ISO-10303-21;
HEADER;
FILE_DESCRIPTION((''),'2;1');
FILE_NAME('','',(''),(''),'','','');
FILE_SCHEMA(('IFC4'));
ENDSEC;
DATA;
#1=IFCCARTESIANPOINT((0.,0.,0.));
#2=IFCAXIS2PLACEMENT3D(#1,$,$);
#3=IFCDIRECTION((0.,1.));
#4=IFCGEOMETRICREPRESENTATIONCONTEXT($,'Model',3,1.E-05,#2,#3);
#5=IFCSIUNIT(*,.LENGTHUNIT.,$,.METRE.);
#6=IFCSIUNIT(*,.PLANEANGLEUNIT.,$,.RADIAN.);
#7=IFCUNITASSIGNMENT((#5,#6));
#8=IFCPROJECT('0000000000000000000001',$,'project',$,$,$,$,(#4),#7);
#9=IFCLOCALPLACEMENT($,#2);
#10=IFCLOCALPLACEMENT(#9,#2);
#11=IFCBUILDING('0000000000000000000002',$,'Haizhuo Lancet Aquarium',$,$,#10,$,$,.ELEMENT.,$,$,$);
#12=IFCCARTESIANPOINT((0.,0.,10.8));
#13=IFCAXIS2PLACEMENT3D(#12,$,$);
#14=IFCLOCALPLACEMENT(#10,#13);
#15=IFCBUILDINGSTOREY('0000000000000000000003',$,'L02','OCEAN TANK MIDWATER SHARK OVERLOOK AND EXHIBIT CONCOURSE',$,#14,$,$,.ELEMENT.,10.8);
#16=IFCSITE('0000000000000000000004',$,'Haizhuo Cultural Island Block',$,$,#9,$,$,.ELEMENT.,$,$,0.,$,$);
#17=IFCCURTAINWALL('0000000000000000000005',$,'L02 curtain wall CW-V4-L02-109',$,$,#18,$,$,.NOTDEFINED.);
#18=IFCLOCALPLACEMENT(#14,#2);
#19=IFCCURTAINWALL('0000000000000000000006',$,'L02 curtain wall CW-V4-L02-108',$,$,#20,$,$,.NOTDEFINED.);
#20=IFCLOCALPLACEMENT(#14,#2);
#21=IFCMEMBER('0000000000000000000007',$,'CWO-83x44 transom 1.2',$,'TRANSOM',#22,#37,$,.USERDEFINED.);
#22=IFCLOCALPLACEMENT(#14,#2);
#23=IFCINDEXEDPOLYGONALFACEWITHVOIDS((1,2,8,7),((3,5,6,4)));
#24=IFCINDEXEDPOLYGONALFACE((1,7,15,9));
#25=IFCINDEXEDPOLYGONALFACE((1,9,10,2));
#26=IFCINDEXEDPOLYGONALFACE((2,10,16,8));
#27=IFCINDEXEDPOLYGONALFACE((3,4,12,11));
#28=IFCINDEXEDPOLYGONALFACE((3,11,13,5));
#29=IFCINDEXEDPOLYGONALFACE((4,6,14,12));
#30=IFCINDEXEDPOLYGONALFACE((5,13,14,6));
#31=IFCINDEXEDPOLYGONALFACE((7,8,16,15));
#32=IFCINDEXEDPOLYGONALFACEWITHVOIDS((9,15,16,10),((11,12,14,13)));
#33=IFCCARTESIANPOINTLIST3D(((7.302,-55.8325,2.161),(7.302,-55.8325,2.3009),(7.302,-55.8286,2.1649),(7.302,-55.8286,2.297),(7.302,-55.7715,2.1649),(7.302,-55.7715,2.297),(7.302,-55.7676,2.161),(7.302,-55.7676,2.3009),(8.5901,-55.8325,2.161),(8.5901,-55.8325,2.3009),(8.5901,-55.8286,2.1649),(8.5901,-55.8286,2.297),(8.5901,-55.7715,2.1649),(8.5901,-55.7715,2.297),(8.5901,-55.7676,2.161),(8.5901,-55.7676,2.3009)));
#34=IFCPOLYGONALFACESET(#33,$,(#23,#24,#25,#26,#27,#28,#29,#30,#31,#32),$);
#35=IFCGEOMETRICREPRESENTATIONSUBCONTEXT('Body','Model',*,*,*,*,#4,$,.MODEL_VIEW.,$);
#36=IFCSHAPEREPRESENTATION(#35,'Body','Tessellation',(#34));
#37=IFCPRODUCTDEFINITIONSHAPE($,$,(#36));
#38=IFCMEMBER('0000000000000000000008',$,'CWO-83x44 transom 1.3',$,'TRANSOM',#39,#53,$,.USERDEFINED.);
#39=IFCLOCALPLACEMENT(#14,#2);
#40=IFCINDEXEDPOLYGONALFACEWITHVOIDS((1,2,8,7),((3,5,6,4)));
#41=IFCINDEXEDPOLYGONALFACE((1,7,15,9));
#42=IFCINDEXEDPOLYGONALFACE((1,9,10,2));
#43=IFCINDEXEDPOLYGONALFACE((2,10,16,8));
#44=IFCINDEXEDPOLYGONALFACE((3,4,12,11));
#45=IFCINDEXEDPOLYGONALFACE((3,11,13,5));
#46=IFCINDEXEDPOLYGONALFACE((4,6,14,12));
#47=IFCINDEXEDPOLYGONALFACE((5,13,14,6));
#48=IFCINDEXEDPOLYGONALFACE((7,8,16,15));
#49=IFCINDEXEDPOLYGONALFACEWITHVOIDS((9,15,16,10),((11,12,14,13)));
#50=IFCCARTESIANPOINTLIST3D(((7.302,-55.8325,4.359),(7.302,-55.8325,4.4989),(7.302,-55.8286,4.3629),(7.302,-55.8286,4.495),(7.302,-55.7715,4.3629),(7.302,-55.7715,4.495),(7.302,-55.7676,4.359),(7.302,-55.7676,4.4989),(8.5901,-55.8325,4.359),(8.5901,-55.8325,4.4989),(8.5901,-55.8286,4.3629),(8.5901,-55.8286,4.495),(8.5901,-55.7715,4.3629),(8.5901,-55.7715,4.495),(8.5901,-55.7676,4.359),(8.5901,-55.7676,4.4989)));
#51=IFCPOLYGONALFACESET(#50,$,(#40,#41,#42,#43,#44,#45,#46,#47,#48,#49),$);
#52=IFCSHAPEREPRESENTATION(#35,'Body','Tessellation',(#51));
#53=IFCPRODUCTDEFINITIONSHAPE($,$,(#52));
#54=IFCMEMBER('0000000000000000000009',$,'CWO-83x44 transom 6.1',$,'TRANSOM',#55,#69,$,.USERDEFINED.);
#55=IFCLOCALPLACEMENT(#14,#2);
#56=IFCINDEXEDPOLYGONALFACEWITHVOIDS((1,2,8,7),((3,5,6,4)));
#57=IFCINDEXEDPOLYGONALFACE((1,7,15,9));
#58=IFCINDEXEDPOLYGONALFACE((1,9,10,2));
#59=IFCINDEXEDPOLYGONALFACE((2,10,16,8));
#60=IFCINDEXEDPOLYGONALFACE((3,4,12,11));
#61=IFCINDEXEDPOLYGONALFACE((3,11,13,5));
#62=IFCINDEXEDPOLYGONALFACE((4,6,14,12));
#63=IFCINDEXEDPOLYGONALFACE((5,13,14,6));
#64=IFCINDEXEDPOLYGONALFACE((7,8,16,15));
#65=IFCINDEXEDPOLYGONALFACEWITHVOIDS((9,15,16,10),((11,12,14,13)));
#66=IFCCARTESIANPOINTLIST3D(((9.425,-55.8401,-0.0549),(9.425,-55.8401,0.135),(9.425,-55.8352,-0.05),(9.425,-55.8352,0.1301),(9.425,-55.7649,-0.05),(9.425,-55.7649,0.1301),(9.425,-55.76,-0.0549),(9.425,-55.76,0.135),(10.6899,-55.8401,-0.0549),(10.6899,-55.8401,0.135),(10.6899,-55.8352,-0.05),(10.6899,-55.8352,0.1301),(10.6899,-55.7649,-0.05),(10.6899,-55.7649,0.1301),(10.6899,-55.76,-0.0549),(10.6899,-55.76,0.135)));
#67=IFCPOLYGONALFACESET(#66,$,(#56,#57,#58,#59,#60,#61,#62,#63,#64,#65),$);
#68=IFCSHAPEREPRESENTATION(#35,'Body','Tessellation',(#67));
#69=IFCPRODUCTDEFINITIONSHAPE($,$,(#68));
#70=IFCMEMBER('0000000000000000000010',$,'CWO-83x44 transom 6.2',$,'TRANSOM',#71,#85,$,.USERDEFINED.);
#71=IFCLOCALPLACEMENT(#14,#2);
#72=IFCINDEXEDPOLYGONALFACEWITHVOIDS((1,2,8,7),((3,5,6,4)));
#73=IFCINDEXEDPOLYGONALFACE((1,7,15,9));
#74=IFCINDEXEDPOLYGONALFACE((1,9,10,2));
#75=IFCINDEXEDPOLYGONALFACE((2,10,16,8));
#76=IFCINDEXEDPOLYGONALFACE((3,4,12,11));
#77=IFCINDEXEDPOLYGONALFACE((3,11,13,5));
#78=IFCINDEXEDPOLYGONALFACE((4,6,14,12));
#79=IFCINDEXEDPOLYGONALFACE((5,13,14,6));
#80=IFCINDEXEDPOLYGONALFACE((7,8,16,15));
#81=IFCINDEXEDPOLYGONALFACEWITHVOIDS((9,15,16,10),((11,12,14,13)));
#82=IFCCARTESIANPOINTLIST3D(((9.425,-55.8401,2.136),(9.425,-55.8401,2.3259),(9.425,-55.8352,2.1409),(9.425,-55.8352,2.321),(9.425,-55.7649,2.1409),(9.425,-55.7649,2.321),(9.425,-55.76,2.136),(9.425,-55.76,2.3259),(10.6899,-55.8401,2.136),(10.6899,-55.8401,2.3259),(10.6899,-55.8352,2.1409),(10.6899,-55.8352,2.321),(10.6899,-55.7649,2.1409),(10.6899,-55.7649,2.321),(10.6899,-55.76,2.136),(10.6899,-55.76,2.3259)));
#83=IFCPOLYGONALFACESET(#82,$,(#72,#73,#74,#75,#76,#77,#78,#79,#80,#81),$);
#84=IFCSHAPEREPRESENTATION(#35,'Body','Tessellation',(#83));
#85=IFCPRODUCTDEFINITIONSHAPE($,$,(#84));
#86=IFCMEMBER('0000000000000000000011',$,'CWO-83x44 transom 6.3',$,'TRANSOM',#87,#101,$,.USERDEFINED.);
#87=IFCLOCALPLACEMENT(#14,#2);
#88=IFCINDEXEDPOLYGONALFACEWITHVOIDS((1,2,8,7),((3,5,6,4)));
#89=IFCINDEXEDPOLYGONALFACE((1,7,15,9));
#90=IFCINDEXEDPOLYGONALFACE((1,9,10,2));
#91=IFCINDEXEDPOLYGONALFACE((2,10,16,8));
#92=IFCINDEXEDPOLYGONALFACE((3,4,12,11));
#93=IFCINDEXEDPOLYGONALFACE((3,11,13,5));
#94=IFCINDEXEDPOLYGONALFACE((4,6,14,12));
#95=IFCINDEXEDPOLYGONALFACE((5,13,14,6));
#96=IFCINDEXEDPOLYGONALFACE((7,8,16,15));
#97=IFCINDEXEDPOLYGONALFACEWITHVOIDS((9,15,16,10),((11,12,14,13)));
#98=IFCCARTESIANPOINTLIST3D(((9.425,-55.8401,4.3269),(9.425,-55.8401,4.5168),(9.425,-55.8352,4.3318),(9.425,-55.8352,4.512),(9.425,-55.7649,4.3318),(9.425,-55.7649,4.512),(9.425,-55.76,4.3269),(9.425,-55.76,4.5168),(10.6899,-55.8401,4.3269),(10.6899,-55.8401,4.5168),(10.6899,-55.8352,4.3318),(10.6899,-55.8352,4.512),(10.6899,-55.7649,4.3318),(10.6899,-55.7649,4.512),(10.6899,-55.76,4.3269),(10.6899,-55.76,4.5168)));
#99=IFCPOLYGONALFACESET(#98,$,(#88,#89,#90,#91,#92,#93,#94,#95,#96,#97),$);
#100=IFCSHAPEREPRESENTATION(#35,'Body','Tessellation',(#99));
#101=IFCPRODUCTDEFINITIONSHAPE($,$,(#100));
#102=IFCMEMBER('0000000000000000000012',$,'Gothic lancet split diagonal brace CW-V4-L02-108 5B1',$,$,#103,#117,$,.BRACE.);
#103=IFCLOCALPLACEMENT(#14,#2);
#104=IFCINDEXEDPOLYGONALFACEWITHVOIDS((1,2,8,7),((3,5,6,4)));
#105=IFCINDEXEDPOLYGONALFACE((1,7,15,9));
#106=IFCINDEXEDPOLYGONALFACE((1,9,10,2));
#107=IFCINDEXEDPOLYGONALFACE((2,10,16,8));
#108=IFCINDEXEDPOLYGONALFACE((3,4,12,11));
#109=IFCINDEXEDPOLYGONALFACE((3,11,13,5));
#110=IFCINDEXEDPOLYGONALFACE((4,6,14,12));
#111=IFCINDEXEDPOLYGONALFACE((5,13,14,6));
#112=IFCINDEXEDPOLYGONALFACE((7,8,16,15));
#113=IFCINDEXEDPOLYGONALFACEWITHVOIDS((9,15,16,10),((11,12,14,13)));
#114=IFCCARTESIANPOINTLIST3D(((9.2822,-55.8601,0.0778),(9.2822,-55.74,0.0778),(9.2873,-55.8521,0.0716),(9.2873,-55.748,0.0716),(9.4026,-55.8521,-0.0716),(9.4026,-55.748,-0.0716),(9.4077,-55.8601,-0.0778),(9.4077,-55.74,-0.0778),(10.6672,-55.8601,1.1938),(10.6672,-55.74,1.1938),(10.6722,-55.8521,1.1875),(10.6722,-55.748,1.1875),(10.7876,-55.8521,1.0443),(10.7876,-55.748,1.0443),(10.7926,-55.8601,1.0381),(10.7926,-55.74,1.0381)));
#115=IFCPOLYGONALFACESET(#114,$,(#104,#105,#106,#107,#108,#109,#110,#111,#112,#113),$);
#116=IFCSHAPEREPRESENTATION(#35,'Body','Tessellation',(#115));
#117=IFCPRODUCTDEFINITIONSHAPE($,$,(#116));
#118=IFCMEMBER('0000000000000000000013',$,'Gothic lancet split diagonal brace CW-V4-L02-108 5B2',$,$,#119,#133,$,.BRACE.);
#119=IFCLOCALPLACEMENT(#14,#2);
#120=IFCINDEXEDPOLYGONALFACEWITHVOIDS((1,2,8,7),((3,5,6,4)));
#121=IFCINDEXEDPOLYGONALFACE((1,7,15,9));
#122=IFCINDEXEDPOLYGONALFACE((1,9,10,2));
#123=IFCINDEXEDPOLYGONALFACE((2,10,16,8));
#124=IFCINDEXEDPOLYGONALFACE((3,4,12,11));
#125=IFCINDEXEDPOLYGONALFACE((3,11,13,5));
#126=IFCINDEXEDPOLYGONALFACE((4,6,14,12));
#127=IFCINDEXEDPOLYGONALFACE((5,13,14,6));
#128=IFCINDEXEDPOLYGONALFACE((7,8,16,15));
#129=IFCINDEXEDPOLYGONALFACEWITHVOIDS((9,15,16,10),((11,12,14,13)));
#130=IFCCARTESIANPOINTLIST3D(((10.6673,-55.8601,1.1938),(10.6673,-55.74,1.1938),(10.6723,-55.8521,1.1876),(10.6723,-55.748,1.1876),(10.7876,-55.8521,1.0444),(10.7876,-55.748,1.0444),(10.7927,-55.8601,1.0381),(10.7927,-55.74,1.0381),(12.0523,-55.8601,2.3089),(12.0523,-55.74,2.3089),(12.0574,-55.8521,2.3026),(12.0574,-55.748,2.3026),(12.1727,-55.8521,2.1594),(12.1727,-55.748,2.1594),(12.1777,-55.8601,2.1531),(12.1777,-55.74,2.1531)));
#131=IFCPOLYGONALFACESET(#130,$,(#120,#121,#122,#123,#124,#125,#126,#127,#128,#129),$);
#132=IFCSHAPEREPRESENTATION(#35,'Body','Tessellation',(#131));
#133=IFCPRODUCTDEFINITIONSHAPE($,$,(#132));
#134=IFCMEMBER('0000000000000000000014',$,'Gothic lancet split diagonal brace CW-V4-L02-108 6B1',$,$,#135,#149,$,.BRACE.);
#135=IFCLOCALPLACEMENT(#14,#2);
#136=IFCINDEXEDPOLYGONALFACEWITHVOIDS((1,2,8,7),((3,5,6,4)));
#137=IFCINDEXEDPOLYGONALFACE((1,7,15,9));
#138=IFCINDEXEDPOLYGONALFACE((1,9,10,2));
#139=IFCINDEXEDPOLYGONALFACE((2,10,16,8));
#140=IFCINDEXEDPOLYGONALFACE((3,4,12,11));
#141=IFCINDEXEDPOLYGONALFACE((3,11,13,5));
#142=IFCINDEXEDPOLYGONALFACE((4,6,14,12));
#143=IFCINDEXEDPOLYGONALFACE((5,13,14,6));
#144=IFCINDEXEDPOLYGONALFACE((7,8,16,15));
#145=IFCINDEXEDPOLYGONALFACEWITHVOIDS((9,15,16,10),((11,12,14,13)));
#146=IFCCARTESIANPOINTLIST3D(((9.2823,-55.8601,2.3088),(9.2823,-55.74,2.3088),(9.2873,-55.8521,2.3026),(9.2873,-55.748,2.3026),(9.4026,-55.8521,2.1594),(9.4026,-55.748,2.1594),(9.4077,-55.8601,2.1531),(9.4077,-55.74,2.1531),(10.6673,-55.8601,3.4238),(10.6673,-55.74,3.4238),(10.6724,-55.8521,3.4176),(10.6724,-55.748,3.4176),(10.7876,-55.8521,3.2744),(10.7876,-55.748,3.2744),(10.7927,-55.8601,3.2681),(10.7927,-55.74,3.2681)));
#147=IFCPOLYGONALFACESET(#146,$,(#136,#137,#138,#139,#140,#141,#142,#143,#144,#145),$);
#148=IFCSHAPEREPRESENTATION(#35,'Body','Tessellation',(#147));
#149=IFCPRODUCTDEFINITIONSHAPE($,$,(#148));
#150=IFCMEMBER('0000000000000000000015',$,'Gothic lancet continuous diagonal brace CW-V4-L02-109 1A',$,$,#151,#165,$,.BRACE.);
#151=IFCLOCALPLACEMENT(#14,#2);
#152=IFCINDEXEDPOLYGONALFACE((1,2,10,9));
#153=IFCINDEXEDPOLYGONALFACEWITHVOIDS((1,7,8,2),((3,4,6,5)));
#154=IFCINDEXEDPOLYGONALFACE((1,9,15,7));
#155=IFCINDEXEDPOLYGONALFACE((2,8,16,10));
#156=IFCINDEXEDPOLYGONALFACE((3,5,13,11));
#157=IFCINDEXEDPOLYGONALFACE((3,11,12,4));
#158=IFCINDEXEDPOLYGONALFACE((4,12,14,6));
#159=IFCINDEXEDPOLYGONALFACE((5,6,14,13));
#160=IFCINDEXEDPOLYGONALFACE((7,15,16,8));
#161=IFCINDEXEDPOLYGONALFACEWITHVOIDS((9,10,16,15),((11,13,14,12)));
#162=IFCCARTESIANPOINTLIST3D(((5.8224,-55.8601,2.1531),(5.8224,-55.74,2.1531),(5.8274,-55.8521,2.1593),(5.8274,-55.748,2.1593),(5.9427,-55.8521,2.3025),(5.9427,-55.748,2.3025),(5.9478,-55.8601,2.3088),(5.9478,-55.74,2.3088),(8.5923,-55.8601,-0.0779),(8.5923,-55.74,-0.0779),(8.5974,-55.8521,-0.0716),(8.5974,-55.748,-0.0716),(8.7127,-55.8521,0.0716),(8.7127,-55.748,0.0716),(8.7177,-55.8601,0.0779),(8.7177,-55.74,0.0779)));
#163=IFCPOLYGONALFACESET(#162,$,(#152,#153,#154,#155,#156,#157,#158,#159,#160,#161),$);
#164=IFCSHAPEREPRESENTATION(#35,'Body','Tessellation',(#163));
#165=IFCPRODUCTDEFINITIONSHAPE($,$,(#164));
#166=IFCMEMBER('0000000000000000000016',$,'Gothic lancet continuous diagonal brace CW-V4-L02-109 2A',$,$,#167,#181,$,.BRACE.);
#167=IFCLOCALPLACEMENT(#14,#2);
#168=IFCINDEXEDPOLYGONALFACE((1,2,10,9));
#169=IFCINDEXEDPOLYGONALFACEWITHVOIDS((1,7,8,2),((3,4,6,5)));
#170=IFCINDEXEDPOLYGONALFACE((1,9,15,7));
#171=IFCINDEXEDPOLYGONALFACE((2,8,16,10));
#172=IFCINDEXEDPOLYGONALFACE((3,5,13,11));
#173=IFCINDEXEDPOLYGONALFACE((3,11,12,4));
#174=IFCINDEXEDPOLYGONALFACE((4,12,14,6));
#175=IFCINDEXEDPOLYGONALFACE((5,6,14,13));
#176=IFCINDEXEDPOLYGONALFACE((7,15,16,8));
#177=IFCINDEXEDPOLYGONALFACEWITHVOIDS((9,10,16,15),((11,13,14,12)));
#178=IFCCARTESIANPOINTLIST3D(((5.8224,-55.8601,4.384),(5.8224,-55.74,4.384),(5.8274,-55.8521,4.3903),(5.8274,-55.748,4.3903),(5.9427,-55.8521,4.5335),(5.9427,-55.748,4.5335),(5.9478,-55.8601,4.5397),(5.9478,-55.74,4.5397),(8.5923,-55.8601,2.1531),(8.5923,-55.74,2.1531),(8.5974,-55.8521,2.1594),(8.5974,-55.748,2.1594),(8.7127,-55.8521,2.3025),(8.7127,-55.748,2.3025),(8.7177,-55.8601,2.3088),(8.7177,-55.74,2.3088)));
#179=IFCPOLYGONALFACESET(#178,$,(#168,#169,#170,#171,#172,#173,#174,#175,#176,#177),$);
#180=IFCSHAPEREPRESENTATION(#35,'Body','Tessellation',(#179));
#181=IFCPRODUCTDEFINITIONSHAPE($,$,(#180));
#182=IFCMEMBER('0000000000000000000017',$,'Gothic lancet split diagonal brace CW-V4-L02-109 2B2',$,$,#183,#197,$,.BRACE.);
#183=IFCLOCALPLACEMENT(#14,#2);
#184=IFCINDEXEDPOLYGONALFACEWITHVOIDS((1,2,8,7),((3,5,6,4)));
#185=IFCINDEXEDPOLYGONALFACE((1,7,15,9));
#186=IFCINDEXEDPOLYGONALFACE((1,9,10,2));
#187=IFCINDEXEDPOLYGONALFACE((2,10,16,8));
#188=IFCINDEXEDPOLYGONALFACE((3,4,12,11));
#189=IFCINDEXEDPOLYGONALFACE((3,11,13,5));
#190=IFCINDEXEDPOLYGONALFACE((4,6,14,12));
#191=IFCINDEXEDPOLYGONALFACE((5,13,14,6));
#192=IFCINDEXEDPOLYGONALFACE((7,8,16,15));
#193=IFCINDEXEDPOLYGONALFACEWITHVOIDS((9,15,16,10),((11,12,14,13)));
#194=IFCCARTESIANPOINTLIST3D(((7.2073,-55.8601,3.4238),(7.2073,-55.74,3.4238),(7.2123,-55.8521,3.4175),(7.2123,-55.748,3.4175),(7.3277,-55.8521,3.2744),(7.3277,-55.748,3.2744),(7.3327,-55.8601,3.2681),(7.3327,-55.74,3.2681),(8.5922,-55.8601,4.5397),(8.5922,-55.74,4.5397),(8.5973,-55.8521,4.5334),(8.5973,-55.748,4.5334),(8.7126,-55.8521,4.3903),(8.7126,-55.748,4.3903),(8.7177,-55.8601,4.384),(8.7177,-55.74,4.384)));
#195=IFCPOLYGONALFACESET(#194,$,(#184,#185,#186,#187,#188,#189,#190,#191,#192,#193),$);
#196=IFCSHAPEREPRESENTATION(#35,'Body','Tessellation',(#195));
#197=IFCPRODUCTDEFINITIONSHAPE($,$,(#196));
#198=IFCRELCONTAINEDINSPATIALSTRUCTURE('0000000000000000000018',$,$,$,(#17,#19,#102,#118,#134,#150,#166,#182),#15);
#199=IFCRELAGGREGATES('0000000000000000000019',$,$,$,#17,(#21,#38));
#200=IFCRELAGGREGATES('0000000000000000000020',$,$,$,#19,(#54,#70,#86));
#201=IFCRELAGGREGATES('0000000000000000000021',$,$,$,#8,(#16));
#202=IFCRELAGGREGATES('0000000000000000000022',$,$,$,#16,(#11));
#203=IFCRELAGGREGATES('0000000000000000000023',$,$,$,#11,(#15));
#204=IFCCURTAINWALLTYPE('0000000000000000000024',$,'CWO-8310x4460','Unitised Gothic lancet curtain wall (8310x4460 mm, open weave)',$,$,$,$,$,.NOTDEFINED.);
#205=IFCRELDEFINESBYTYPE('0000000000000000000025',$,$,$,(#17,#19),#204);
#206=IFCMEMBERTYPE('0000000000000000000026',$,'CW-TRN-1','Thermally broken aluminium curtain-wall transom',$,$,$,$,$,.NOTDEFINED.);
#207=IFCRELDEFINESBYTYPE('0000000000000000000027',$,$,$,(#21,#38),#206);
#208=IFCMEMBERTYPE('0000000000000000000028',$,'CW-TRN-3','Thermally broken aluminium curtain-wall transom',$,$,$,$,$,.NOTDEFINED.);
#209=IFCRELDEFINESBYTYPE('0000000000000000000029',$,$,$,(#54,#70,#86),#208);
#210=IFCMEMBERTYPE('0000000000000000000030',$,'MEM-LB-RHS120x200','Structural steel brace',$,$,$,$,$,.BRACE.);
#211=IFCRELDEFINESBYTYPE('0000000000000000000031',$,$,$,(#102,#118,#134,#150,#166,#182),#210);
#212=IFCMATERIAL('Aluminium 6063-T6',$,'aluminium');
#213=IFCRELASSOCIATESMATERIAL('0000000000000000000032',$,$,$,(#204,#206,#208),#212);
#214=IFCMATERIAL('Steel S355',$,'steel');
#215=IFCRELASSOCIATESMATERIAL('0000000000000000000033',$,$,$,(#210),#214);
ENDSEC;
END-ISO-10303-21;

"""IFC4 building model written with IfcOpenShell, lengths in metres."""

from ifc_helpers import new_model, si_unit, direction, frame, origin, origin_2d, place, context, subcontext, project, spatial, hollow_rectangle, extrude, material, material_profile, profile_set, type_object, element, aggregate, save


model = new_model("IFC4")

# Units and contexts
model_context = context("Model", 3, precision=1e-05, world=origin(), true_north=direction((0.0, 1.0)))
body_context = subcontext(model_context, "Body", "Model", "MODEL_VIEW")
ifc_project = project(units=[si_unit("LENGTHUNIT", "METRE"), si_unit("PLANEANGLEUNIT", "RADIAN")], contexts=[model_context])

# Site, building, storey
site_placement = place(None, origin())
site = spatial("IfcSite", under=ifc_project, at=site_placement, Name="Haizhuo Cultural Island Block", CompositionType="ELEMENT", RefElevation=0.0)
building_placement = place(site_placement, origin())
building = spatial("IfcBuilding", under=site, at=building_placement, Name="Haizhuo Lancet Aquarium", CompositionType="ELEMENT")
storey_placement = place(building_placement, frame((0.0, 0.0, 10.8)))
storey = spatial("IfcBuildingStorey", under=building, at=storey_placement, Name="L02", Description="OCEAN TANK MIDWATER SHARK OVERLOOK AND EXHIBIT CONCOURSE", CompositionType="ELEMENT", Elevation=10.8)

# Shared definitions
ifc_material_1 = material(Name="Steel S355", Category="steel")

# Curtain wall
ifc_material_2 = material(Name="Aluminium 6063-T6", Category="aluminium")
curtain_wall_type = type_object("IfcCurtainWallType", Name="CWO-8310x4460", Description="Unitised Gothic lancet curtain wall (8310x4460 mm, open weave)", PredefinedType="NOTDEFINED", material=ifc_material_2)
curtain_wall_1_placement = place(storey_placement, origin())
curtain_wall_1 = element("IfcCurtainWall", 1, at=curtain_wall_1_placement, inside=storey, type_object=curtain_wall_type, Name="L02 curtain wall CW-V4-L02-109", PredefinedType="NOTDEFINED")

# Curtain wall
curtain_wall_2_placement = place(storey_placement, origin())
curtain_wall_2 = element("IfcCurtainWall", 2, at=curtain_wall_2_placement, inside=storey, type_object=curtain_wall_type, Name="L02 curtain wall CW-V4-L02-108", PredefinedType="NOTDEFINED")

# Members
ifc_material_profile_1 = material_profile(ifc_material_2, hollow_rectangle(XDim=0.0649, YDim=0.1399, WallThickness=0.0039, at=origin_2d()), Name="ALU-T 65x140x4")
ifc_profile_set_1 = profile_set([ifc_material_profile_1], Name="Aluminium 6063-T6")
member_type_1 = type_object("IfcMemberType", Name="CW-TRN-1", Description="Thermally broken aluminium curtain-wall transom", PredefinedType="NOTDEFINED", material=ifc_profile_set_1)
member_1_placement = place(storey_placement, frame((8.5901, -55.8, 2.231), z_axis=(-1.0, 0.0, 0.0), x_axis=(0.0, -1.0, 0.0)))
member_1 = element("IfcMember", 3, at=member_1_placement, type_object=member_type_1, Name="CWO-83x44 transom 1.2", ObjectType="TRANSOM", PredefinedType="USERDEFINED", context=body_context, shape_type="SweptSolid", body=[
    extrude(hollow_rectangle(XDim=0.0649, YDim=0.1399, WallThickness=0.0039, at=origin_2d()), origin(), (0.0, 0.0, 1.0), 1.2881),
])
member_2_placement = place(storey_placement, frame((8.5901, -55.8, 4.429), z_axis=(-1.0, 0.0, 0.0), x_axis=(0.0, -1.0, 0.0)))
member_2 = element("IfcMember", 4, at=member_2_placement, type_object=member_type_1, Name="CWO-83x44 transom 1.3", ObjectType="TRANSOM", PredefinedType="USERDEFINED", context=body_context, shape_type="SweptSolid", body=[
    extrude(hollow_rectangle(XDim=0.0649, YDim=0.1399, WallThickness=0.0039, at=origin_2d()), origin(), (0.0, 0.0, 1.0), 1.2881),
])
ifc_material_profile_2 = material_profile(ifc_material_2, hollow_rectangle(XDim=0.0801, YDim=0.1899, WallThickness=0.0049, at=origin_2d()), Name="ALU-T 80x190x5")
ifc_profile_set_2 = profile_set([ifc_material_profile_2], Name="Aluminium 6063-T6")
member_type_2 = type_object("IfcMemberType", Name="CW-TRN-3", Description="Thermally broken aluminium curtain-wall transom", PredefinedType="NOTDEFINED", material=ifc_profile_set_2)
member_3_placement = place(storey_placement, frame((10.6899, -55.8, 0.04), z_axis=(-1.0, 0.0, 0.0), x_axis=(0.0, -1.0, 0.0)))
member_3 = element("IfcMember", 5, at=member_3_placement, type_object=member_type_2, Name="CWO-83x44 transom 6.1", ObjectType="TRANSOM", PredefinedType="USERDEFINED", context=body_context, shape_type="SweptSolid", body=[
    extrude(hollow_rectangle(XDim=0.0801, YDim=0.1899, WallThickness=0.0049, at=origin_2d()), origin(), (0.0, 0.0, 1.0), 1.2649),
])
member_4_placement = place(storey_placement, frame((10.6899, -55.8, 2.231), z_axis=(-1.0, 0.0, 0.0), x_axis=(0.0, -1.0, 0.0)))
member_4 = element("IfcMember", 6, at=member_4_placement, type_object=member_type_2, Name="CWO-83x44 transom 6.2", ObjectType="TRANSOM", PredefinedType="USERDEFINED", context=body_context, shape_type="SweptSolid", body=[
    extrude(hollow_rectangle(XDim=0.0801, YDim=0.1899, WallThickness=0.0049, at=origin_2d()), origin(), (0.0, 0.0, 1.0), 1.2649),
])
member_5_placement = place(storey_placement, frame((10.6899, -55.8, 4.4219), z_axis=(-1.0, 0.0, 0.0), x_axis=(0.0, -1.0, 0.0)))
member_5 = element("IfcMember", 7, at=member_5_placement, type_object=member_type_2, Name="CWO-83x44 transom 6.3", ObjectType="TRANSOM", PredefinedType="USERDEFINED", context=body_context, shape_type="SweptSolid", body=[
    extrude(hollow_rectangle(XDim=0.0801, YDim=0.1899, WallThickness=0.0049, at=origin_2d()), origin(), (0.0, 0.0, 1.0), 1.2649),
])

# Members
ifc_material_profile_3 = material_profile(ifc_material_1, hollow_rectangle(XDim=0.1201, YDim=0.2, WallThickness=0.0081, at=origin_2d()), Name="RHS 120x200x8")
ifc_profile_set_3 = profile_set([ifc_material_profile_3], Name="Steel S355")
member_type_3 = type_object("IfcMemberType", Name="MEM-LB-RHS120x200", Description="Structural steel brace", PredefinedType="BRACE", material=ifc_profile_set_3)
member_6_placement = place(storey_placement, frame((9.345, -55.8, 0.0), z_axis=(0.778681, 0.0, 0.62742), x_axis=(0.0, 1.0, 0.0)))
element("IfcMember", 8, at=member_6_placement, inside=storey, type_object=member_type_3, Name="Gothic lancet split diagonal brace CW-V4-L02-108 5B1", PredefinedType="BRACE", context=body_context, shape_type="SweptSolid", body=[
    extrude(hollow_rectangle(XDim=0.1201, YDim=0.2, WallThickness=0.0081, at=origin_2d()), origin(), (0.0, 0.0, 1.0), 1.7786),
])
for number, where, z_axis, x_axis, name in (
    (9, (10.73, -55.8, 1.116), (0.77895, 0.0, 0.627087), (0.0, 1.0, 0.0), "Gothic lancet split diagonal brace CW-V4-L02-108 5B2"),
    (10, (9.345, -55.8, 2.231), (0.77895, 0.0, 0.627087), (0.0, 1.0, 0.0), "Gothic lancet split diagonal brace CW-V4-L02-108 6B1"),
):
    element("IfcMember", number, at=place(storey_placement, frame(where, z_axis=z_axis, x_axis=x_axis)), inside=storey, type_object=member_type_3, Name=name, PredefinedType="BRACE", context=body_context, shape_type="SweptSolid", body=[
        extrude(hollow_rectangle(XDim=0.1201, YDim=0.2, WallThickness=0.0081, at=origin_2d()), origin(), (0.0, 0.0, 1.0), 1.7781),
    ])
for number, where, z_axis, x_axis, name in (
    (11, (8.655, -55.8, 0.0), (-0.778815, 0.0, 0.627253), (0.0, -1.0, 0.0), "Gothic lancet continuous diagonal brace CW-V4-L02-109 1A"),
    (12, (8.655, -55.8, 2.231), (-0.778815, 0.0, 0.627253), (0.0, -1.0, 0.0), "Gothic lancet continuous diagonal brace CW-V4-L02-109 2A"),
):
    element("IfcMember", number, at=place(storey_placement, frame(where, z_axis=z_axis, x_axis=x_axis)), inside=storey, type_object=member_type_3, Name=name, PredefinedType="BRACE", context=body_context, shape_type="SweptSolid", body=[
        extrude(hollow_rectangle(XDim=0.1201, YDim=0.2, WallThickness=0.0081, at=origin_2d()), origin(), (0.0, 0.0, 1.0), 3.5566),
    ])
member_7_placement = place(storey_placement, frame((7.27, -55.8, 3.3459), z_axis=(0.778681, 0.0, 0.62742), x_axis=(0.0, 1.0, 0.0)))
element("IfcMember", 13, at=member_7_placement, inside=storey, type_object=member_type_3, Name="Gothic lancet split diagonal brace CW-V4-L02-109 2B2", PredefinedType="BRACE", context=body_context, shape_type="SweptSolid", body=[
    extrude(hollow_rectangle(XDim=0.1201, YDim=0.2, WallThickness=0.0081, at=origin_2d()), origin(), (0.0, 0.0, 1.0), 1.7786),
])

aggregate(curtain_wall_1, [member_1, member_2])
aggregate(curtain_wall_2, [member_3, member_4, member_5])

save(model, "model.ifc")
